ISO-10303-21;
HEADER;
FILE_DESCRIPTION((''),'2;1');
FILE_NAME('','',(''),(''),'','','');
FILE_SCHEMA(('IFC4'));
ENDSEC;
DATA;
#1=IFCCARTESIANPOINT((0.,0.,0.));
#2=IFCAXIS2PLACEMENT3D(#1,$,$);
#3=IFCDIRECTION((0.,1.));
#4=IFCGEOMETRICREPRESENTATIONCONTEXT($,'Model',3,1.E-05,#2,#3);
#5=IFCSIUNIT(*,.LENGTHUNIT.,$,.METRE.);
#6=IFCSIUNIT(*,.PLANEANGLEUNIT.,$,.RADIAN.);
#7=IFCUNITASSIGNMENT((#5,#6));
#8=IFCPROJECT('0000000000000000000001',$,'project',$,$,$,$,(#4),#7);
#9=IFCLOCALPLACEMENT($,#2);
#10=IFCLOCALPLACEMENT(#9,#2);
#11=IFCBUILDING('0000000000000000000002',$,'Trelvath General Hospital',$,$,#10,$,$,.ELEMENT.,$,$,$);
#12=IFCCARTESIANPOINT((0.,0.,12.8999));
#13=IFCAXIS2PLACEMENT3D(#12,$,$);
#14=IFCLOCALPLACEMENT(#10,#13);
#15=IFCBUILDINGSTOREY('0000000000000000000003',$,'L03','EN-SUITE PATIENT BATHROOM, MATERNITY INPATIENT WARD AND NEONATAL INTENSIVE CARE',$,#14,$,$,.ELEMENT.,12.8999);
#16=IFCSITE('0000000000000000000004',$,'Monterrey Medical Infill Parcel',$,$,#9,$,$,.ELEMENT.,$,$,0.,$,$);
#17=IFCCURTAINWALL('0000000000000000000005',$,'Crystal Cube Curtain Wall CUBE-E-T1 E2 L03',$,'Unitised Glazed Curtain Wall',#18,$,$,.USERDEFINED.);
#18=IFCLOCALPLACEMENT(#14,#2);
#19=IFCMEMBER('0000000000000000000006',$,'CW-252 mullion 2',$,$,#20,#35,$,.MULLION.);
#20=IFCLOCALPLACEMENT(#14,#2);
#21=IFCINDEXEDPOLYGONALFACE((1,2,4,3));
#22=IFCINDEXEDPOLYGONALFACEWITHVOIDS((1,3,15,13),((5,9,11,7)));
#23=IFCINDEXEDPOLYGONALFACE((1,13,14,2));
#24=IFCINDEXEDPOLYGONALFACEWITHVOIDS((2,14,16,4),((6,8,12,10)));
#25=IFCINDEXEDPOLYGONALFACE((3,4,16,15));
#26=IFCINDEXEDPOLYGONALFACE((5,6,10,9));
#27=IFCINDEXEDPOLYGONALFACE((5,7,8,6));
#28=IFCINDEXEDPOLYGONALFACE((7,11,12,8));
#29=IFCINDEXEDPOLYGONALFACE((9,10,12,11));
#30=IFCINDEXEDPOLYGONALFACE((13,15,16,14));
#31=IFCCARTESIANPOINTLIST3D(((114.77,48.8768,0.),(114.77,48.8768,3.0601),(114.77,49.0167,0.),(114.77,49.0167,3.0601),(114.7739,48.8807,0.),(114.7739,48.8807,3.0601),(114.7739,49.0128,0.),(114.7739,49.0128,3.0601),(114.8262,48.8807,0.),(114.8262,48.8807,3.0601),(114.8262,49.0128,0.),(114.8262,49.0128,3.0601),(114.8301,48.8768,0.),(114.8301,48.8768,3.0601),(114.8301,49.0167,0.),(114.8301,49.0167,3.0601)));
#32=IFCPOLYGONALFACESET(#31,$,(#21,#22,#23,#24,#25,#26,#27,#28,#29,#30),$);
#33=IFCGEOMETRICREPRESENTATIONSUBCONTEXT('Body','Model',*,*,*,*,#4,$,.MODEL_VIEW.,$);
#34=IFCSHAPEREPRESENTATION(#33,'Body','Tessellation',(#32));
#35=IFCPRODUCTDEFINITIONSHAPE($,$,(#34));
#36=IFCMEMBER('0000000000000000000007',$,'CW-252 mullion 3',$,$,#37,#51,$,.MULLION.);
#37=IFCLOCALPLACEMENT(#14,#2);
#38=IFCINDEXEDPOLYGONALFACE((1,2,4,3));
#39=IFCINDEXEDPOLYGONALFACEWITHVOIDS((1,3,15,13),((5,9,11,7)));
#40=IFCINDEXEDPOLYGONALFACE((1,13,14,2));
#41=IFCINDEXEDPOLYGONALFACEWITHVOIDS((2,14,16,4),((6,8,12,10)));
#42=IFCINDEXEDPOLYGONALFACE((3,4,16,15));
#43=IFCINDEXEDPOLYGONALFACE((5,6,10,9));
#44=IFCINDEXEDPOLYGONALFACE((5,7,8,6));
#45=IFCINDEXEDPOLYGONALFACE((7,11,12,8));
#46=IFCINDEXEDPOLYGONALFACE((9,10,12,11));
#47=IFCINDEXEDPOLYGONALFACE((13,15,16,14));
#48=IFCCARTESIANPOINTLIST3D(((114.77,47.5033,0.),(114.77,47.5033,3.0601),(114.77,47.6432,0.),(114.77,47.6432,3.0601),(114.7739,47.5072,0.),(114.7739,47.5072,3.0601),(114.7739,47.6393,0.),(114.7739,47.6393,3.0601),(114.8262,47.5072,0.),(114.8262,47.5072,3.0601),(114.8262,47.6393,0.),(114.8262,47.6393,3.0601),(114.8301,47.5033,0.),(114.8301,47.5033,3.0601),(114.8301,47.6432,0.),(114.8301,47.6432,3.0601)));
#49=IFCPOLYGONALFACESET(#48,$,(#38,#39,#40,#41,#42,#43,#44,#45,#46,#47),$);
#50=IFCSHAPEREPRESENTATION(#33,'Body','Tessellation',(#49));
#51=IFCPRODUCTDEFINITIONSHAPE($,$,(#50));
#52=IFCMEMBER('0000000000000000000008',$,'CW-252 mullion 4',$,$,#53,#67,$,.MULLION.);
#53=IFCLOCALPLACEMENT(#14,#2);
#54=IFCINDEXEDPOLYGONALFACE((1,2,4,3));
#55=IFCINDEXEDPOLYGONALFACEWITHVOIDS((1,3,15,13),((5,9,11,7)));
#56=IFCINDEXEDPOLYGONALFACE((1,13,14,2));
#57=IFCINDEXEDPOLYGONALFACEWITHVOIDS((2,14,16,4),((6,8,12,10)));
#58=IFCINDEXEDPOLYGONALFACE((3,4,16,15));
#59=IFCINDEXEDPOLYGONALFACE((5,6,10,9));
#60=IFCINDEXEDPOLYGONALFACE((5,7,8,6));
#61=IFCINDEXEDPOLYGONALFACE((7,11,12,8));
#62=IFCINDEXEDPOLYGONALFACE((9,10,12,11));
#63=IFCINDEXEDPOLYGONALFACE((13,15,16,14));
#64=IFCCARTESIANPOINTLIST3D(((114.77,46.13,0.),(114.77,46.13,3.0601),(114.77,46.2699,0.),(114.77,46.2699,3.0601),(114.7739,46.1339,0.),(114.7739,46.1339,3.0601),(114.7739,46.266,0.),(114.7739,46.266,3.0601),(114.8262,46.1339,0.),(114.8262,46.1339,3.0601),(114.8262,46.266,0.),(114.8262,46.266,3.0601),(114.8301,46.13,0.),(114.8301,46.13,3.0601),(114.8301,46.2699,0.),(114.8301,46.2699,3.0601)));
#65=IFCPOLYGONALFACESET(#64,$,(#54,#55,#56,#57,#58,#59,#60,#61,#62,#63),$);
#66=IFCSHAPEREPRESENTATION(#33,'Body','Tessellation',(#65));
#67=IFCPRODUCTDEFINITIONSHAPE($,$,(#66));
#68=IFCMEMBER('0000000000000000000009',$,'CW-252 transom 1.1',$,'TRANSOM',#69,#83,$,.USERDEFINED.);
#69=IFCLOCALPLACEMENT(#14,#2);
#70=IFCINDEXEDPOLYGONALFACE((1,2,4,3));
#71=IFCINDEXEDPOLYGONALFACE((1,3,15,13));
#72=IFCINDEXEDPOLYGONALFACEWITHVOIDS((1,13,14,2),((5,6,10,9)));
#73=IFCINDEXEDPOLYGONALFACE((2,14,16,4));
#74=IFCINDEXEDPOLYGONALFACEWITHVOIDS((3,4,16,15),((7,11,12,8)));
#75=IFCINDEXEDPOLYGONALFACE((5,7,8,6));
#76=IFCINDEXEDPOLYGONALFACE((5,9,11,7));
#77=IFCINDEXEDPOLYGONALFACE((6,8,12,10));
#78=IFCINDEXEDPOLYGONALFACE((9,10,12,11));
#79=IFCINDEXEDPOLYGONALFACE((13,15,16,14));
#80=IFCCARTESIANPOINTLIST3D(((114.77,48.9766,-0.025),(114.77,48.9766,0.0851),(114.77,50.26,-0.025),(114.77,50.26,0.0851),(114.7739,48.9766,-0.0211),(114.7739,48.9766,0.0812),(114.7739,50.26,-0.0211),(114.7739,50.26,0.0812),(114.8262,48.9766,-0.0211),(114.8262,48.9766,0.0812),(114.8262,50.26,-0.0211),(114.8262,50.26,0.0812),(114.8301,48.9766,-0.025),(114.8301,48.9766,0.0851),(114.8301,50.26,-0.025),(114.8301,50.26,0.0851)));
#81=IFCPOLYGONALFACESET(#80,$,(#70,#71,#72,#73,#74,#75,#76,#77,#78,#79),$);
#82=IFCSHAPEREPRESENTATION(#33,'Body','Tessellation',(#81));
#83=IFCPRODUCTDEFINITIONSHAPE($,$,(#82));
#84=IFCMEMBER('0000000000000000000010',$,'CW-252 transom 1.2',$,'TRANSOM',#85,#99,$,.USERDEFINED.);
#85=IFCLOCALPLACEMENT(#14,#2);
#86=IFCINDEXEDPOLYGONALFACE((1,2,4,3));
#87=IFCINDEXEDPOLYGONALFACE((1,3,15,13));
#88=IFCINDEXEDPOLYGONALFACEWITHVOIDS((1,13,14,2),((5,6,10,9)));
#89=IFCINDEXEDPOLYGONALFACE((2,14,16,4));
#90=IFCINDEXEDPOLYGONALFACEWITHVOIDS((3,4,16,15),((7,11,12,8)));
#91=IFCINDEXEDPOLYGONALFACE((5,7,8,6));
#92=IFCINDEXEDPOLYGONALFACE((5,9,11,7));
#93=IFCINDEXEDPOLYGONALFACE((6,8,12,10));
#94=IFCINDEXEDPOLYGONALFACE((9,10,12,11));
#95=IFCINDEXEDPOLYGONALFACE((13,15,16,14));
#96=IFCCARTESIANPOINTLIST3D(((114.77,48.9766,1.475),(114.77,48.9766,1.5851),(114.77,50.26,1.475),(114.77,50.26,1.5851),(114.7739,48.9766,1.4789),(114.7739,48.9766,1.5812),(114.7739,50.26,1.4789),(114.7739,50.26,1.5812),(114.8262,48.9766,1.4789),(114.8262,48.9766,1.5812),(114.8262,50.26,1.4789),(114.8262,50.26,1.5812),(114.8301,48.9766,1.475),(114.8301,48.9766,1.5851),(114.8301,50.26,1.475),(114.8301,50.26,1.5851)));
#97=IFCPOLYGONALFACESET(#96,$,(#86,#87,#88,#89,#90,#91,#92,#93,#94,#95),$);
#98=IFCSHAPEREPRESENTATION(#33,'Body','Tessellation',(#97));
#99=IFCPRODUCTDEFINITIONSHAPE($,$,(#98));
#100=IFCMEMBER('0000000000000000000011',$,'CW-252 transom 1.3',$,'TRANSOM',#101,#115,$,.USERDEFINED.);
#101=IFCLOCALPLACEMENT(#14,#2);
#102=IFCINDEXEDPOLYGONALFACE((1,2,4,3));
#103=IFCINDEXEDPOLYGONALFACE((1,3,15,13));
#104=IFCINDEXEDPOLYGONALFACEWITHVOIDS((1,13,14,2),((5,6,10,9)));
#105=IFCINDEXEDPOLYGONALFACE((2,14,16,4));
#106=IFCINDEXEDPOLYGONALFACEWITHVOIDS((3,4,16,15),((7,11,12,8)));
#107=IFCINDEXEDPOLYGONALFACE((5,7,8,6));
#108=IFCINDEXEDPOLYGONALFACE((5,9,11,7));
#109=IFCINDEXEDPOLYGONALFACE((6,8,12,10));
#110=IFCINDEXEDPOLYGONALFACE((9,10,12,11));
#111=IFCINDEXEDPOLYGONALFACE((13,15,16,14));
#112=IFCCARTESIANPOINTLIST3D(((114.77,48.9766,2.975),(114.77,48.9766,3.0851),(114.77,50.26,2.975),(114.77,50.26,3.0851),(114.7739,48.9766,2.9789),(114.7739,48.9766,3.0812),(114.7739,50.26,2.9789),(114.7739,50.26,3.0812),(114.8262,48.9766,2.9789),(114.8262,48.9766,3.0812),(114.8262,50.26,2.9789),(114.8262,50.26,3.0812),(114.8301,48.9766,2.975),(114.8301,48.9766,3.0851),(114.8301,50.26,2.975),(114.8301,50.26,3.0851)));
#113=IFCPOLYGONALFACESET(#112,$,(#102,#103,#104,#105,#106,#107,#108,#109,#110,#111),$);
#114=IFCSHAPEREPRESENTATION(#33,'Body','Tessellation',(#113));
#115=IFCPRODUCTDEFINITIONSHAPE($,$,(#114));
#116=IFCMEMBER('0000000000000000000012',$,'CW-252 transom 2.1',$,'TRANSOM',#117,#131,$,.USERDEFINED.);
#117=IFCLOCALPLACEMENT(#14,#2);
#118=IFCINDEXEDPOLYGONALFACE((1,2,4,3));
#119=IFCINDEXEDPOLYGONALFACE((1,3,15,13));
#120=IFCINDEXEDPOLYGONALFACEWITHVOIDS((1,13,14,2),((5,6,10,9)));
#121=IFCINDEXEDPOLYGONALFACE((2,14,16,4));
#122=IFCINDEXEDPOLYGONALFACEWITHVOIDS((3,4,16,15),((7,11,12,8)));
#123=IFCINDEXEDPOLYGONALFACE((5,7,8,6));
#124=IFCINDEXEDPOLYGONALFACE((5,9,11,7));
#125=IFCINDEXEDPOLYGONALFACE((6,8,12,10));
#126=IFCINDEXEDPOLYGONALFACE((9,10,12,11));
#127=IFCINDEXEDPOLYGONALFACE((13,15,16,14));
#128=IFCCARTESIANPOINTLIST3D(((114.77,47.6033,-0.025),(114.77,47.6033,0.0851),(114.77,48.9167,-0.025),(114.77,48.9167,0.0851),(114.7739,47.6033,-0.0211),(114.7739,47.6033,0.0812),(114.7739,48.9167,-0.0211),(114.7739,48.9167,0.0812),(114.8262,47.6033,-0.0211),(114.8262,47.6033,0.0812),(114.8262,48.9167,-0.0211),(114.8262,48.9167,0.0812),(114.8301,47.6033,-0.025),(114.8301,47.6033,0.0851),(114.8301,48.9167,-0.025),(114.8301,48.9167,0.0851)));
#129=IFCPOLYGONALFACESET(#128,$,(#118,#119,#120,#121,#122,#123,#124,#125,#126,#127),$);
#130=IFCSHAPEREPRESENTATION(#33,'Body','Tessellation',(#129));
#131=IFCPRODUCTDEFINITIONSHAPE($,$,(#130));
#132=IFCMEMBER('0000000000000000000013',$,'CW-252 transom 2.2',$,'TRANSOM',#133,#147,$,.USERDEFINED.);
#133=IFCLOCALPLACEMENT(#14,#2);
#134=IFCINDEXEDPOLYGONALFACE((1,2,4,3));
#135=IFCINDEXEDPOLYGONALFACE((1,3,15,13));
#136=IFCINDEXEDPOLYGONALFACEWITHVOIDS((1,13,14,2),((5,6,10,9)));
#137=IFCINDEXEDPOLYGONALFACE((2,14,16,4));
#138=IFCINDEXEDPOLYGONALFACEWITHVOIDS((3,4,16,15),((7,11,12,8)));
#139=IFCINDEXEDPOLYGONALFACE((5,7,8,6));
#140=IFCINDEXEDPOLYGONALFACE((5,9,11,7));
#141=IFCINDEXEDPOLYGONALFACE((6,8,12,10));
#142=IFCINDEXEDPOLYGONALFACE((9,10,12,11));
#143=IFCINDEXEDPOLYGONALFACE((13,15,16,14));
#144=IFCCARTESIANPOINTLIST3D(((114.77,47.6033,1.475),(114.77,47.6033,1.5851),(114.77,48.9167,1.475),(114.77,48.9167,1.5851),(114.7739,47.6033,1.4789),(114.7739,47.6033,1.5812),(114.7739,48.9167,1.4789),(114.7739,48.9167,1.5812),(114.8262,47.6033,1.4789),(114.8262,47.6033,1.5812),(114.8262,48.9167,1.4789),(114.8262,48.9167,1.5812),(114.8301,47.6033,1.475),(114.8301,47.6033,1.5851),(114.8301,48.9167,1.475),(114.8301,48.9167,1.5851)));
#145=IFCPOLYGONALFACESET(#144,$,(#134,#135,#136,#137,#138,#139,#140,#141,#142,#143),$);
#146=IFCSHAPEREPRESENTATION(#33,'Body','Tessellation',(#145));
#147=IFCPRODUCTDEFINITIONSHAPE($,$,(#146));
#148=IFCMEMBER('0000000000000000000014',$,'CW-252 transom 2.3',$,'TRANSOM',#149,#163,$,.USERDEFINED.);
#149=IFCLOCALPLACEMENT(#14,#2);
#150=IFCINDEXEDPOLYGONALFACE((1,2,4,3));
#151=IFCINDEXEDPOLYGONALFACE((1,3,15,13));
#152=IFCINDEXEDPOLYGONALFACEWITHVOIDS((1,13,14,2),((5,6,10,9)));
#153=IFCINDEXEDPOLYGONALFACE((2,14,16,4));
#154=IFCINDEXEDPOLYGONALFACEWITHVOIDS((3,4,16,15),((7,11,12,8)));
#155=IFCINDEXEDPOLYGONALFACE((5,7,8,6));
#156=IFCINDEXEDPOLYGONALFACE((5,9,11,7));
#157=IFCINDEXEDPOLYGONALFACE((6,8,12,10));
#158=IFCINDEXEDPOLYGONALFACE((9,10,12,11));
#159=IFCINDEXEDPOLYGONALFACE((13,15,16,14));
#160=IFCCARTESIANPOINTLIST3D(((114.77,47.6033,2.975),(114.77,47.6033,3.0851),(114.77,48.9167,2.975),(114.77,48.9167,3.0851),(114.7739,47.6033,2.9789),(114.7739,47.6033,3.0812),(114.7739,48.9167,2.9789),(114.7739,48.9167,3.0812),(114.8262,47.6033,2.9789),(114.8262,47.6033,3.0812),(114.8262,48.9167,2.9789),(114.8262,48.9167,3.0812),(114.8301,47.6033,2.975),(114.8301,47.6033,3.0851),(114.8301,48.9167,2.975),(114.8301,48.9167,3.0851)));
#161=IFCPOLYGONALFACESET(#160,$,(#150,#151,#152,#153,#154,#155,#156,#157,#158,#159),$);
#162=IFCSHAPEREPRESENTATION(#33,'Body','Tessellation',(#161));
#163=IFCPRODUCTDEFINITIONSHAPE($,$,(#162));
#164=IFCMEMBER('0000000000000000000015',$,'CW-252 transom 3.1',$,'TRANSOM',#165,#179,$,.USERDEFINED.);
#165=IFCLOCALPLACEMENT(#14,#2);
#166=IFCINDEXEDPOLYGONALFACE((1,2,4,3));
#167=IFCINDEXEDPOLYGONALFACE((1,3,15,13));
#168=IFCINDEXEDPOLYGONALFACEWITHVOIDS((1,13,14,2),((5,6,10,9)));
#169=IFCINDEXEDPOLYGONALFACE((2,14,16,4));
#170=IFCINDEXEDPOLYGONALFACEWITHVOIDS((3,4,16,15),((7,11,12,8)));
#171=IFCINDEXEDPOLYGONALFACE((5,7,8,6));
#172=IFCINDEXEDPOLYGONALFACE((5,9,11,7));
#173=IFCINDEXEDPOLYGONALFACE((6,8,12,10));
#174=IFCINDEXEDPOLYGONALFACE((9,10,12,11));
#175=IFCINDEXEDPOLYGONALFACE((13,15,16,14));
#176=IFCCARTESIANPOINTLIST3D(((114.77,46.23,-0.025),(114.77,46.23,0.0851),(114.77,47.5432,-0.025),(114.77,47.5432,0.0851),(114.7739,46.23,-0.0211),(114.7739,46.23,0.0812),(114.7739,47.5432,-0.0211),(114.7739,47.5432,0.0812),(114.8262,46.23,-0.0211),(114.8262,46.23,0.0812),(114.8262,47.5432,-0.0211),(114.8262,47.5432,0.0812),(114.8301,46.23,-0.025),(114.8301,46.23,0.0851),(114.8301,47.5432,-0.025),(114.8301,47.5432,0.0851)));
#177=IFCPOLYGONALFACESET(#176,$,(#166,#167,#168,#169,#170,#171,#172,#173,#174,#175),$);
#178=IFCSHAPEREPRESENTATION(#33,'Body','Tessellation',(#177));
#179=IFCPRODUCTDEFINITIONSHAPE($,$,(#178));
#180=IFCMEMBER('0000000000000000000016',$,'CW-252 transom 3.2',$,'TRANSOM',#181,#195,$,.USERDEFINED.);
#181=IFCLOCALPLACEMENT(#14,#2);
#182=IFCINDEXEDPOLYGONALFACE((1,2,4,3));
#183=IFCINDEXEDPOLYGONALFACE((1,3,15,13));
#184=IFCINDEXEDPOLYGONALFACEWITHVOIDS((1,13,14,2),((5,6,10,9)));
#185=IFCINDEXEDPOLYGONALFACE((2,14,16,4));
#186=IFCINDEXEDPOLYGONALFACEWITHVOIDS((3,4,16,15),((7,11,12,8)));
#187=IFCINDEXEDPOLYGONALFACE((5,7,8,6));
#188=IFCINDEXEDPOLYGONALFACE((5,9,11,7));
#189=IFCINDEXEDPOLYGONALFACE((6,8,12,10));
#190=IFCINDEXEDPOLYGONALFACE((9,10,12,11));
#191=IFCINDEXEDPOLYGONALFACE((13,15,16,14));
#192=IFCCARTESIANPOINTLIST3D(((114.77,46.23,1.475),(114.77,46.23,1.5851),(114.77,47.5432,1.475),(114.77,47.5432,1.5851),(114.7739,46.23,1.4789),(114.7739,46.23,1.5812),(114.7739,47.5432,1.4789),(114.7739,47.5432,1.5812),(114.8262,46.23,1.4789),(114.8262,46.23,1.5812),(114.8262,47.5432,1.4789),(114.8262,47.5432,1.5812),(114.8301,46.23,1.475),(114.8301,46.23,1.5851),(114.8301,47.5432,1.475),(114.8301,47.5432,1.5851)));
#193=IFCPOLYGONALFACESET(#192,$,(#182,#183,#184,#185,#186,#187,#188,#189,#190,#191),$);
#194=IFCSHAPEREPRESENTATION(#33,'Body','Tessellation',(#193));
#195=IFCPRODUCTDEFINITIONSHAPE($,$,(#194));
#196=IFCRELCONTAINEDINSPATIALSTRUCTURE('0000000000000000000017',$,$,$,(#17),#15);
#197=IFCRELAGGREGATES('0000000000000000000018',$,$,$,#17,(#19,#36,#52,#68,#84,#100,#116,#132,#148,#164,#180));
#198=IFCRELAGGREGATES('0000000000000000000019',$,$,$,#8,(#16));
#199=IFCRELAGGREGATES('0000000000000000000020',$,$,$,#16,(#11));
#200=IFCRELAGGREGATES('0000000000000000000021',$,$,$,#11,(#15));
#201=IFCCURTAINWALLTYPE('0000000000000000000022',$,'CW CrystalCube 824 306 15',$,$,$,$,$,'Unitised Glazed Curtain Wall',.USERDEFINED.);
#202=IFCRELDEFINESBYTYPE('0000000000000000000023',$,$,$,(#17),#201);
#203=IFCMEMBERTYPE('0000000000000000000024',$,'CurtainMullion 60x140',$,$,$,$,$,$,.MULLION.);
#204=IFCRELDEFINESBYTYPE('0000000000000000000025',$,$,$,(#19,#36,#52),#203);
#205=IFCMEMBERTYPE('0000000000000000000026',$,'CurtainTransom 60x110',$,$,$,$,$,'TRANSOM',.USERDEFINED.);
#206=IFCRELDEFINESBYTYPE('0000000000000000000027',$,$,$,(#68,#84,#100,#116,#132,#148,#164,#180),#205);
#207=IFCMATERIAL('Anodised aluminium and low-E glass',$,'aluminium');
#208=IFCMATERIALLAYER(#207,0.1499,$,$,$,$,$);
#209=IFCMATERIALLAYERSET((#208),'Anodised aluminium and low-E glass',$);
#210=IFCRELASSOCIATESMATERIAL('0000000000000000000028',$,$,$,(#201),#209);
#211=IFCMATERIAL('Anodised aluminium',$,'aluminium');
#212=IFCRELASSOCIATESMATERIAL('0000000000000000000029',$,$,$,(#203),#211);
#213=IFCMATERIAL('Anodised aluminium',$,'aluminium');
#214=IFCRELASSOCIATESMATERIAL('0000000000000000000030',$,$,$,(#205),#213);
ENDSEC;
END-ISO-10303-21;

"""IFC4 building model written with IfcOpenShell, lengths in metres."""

from ifc_helpers import new_model, si_unit, direction, frame, origin, origin_2d, place, context, subcontext, project, spatial, hollow_rectangle, extrude, material, layer, layer_set, material_profile, profile_set, type_object, element, aggregate, save


model = new_model("IFC4")

# Units and contexts
model_context = context("Model", 3, precision=1e-05, world=origin(), true_north=direction((0.0, 1.0)))
body_context = subcontext(model_context, "Body", "Model", "MODEL_VIEW")
ifc_project = project(units=[si_unit("LENGTHUNIT", "METRE"), si_unit("PLANEANGLEUNIT", "RADIAN")], contexts=[model_context])

# Site, building, storey
site_placement = place(None, origin())
site = spatial("IfcSite", under=ifc_project, at=site_placement, Name="Monterrey Medical Infill Parcel", CompositionType="ELEMENT", RefElevation=0.0)
building_placement = place(site_placement, origin())
building = spatial("IfcBuilding", under=site, at=building_placement, Name="Trelvath General Hospital", CompositionType="ELEMENT")
storey_placement = place(building_placement, frame((0.0, 0.0, 12.8999)))
storey = spatial("IfcBuildingStorey", under=building, at=storey_placement, Name="L03", Description="EN-SUITE PATIENT BATHROOM, MATERNITY INPATIENT WARD AND NEONATAL INTENSIVE CARE", CompositionType="ELEMENT", Elevation=12.8999)

# Curtain wall, members
ifc_material_1 = material(Name="Anodised aluminium and low-E glass", Category="aluminium")
ifc_layer_1 = layer(ifc_material_1, 0.1499)
ifc_layer_set_1 = layer_set([ifc_layer_1], Name="Anodised aluminium and low-E glass")
curtain_wall_type = type_object("IfcCurtainWallType", Name="CW CrystalCube 824 306 15", ElementType="Unitised Glazed Curtain Wall", PredefinedType="USERDEFINED", material=ifc_layer_set_1)
curtain_wall_placement = place(storey_placement, origin())
curtain_wall = element("IfcCurtainWall", 1, at=curtain_wall_placement, inside=storey, type_object=curtain_wall_type, Name="Crystal Cube Curtain Wall CUBE-E-T1 E2 L03", ObjectType="Unitised Glazed Curtain Wall", PredefinedType="USERDEFINED")
ifc_material_2 = material(Name="Anodised aluminium", Category="aluminium")
ifc_material_profile_1 = material_profile(ifc_material_2, hollow_rectangle(XDim=0.0601, YDim=0.1399, WallThickness=0.0039, at=origin_2d()), Name="RHS60x140x4")
ifc_profile_set_1 = profile_set([ifc_material_profile_1], Name="Anodised aluminium")
member_type_1 = type_object("IfcMemberType", Name="CurtainMullion 60x140", PredefinedType="MULLION", material=ifc_profile_set_1)
member_1_placement = place(storey_placement, frame((114.8, 48.9468, 0.0), z_axis=(0.0, 0.0, 1.0), x_axis=(1.0, 0.0, 0.0)))
member_1 = element("IfcMember", 2, at=member_1_placement, type_object=member_type_1, Name="CW-252 mullion 2", PredefinedType="MULLION", context=body_context, shape_type="SweptSolid", body=[
    extrude(hollow_rectangle(XDim=0.0601, YDim=0.1399, WallThickness=0.0039, at=origin_2d()), origin(), (0.0, 0.0, 1.0), 3.0601),
])
member_2_placement = place(storey_placement, frame((114.8, 47.5732, 0.0), z_axis=(0.0, 0.0, 1.0), x_axis=(1.0, 0.0, 0.0)))
member_2 = element("IfcMember", 3, at=member_2_placement, type_object=member_type_1, Name="CW-252 mullion 3", PredefinedType="MULLION", context=body_context, shape_type="SweptSolid", body=[
    extrude(hollow_rectangle(XDim=0.0601, YDim=0.1399, WallThickness=0.0039, at=origin_2d()), origin(), (0.0, 0.0, 1.0), 3.0601),
])
member_3_placement = place(storey_placement, frame((114.8, 46.2, 0.0), z_axis=(0.0, 0.0, 1.0), x_axis=(1.0, 0.0, 0.0)))
member_3 = element("IfcMember", 4, at=member_3_placement, type_object=member_type_1, Name="CW-252 mullion 4", PredefinedType="MULLION", context=body_context, shape_type="SweptSolid", body=[
    extrude(hollow_rectangle(XDim=0.0601, YDim=0.1399, WallThickness=0.0039, at=origin_2d()), origin(), (0.0, 0.0, 1.0), 3.0601),
])
ifc_material_3 = material(Name="Anodised aluminium", Category="aluminium")
ifc_material_profile_2 = material_profile(ifc_material_3, hollow_rectangle(XDim=0.0601, YDim=0.1101, WallThickness=0.0039, at=origin_2d()), Name="RHS60x110x4")
ifc_profile_set_2 = profile_set([ifc_material_profile_2], Name="Anodised aluminium")
member_type_2 = type_object("IfcMemberType", Name="CurtainTransom 60x110", ElementType="TRANSOM", PredefinedType="USERDEFINED", material=ifc_profile_set_2)
member_4_placement = place(storey_placement, frame((114.8, 50.26, 0.03), z_axis=(0.0, -1.0, 0.0), x_axis=(1.0, 0.0, 0.0)))
member_4 = element("IfcMember", 5, at=member_4_placement, type_object=member_type_2, Name="CW-252 transom 1.1", ObjectType="TRANSOM", PredefinedType="USERDEFINED", context=body_context, shape_type="SweptSolid", body=[
    extrude(hollow_rectangle(XDim=0.0601, YDim=0.1101, WallThickness=0.0039, at=origin_2d()), origin(), (0.0, 0.0, 1.0), 1.2834),
])
member_5_placement = place(storey_placement, frame((114.8, 50.26, 1.53), z_axis=(0.0, -1.0, 0.0), x_axis=(1.0, 0.0, 0.0)))
member_5 = element("IfcMember", 6, at=member_5_placement, type_object=member_type_2, Name="CW-252 transom 1.2", ObjectType="TRANSOM", PredefinedType="USERDEFINED", context=body_context, shape_type="SweptSolid", body=[
    extrude(hollow_rectangle(XDim=0.0601, YDim=0.1101, WallThickness=0.0039, at=origin_2d()), origin(), (0.0, 0.0, 1.0), 1.2834),
])
member_6_placement = place(storey_placement, frame((114.8, 50.26, 3.03), z_axis=(0.0, -1.0, 0.0), x_axis=(1.0, 0.0, 0.0)))
member_6 = element("IfcMember", 7, at=member_6_placement, type_object=member_type_2, Name="CW-252 transom 1.3", ObjectType="TRANSOM", PredefinedType="USERDEFINED", context=body_context, shape_type="SweptSolid", body=[
    extrude(hollow_rectangle(XDim=0.0601, YDim=0.1101, WallThickness=0.0039, at=origin_2d()), origin(), (0.0, 0.0, 1.0), 1.2834),
])
member_7_placement = place(storey_placement, frame((114.8, 48.9167, 0.03), z_axis=(0.0, -1.0, 0.0), x_axis=(1.0, 0.0, 0.0)))
member_7 = element("IfcMember", 8, at=member_7_placement, type_object=member_type_2, Name="CW-252 transom 2.1", ObjectType="TRANSOM", PredefinedType="USERDEFINED", context=body_context, shape_type="SweptSolid", body=[
    extrude(hollow_rectangle(XDim=0.0601, YDim=0.1101, WallThickness=0.0039, at=origin_2d()), origin(), (0.0, 0.0, 1.0), 1.3135),
])
member_8_placement = place(storey_placement, frame((114.8, 48.9167, 1.53), z_axis=(0.0, -1.0, 0.0), x_axis=(1.0, 0.0, 0.0)))
member_8 = element("IfcMember", 9, at=member_8_placement, type_object=member_type_2, Name="CW-252 transom 2.2", ObjectType="TRANSOM", PredefinedType="USERDEFINED", context=body_context, shape_type="SweptSolid", body=[
    extrude(hollow_rectangle(XDim=0.0601, YDim=0.1101, WallThickness=0.0039, at=origin_2d()), origin(), (0.0, 0.0, 1.0), 1.3135),
])
member_9_placement = place(storey_placement, frame((114.8, 48.9167, 3.03), z_axis=(0.0, -1.0, 0.0), x_axis=(1.0, 0.0, 0.0)))
member_9 = element("IfcMember", 10, at=member_9_placement, type_object=member_type_2, Name="CW-252 transom 2.3", ObjectType="TRANSOM", PredefinedType="USERDEFINED", context=body_context, shape_type="SweptSolid", body=[
    extrude(hollow_rectangle(XDim=0.0601, YDim=0.1101, WallThickness=0.0039, at=origin_2d()), origin(), (0.0, 0.0, 1.0), 1.3135),
])
member_10_placement = place(storey_placement, frame((114.8, 47.5432, 0.03), z_axis=(0.0, -1.0, 0.0), x_axis=(1.0, 0.0, 0.0)))
member_10 = element("IfcMember", 11, at=member_10_placement, type_object=member_type_2, Name="CW-252 transom 3.1", ObjectType="TRANSOM", PredefinedType="USERDEFINED", context=body_context, shape_type="SweptSolid", body=[
    extrude(hollow_rectangle(XDim=0.0601, YDim=0.1101, WallThickness=0.0039, at=origin_2d()), origin(), (0.0, 0.0, 1.0), 1.3132),
])
member_11_placement = place(storey_placement, frame((114.8, 47.5432, 1.53), z_axis=(0.0, -1.0, 0.0), x_axis=(1.0, 0.0, 0.0)))
member_11 = element("IfcMember", 12, at=member_11_placement, type_object=member_type_2, Name="CW-252 transom 3.2", ObjectType="TRANSOM", PredefinedType="USERDEFINED", context=body_context, shape_type="SweptSolid", body=[
    extrude(hollow_rectangle(XDim=0.0601, YDim=0.1101, WallThickness=0.0039, at=origin_2d()), origin(), (0.0, 0.0, 1.0), 1.3132),
])
aggregate(curtain_wall, [member_1, member_2, member_3, member_4, member_5, member_6, member_7, member_8, member_9, member_10, member_11])

save(model, "model.ifc")
